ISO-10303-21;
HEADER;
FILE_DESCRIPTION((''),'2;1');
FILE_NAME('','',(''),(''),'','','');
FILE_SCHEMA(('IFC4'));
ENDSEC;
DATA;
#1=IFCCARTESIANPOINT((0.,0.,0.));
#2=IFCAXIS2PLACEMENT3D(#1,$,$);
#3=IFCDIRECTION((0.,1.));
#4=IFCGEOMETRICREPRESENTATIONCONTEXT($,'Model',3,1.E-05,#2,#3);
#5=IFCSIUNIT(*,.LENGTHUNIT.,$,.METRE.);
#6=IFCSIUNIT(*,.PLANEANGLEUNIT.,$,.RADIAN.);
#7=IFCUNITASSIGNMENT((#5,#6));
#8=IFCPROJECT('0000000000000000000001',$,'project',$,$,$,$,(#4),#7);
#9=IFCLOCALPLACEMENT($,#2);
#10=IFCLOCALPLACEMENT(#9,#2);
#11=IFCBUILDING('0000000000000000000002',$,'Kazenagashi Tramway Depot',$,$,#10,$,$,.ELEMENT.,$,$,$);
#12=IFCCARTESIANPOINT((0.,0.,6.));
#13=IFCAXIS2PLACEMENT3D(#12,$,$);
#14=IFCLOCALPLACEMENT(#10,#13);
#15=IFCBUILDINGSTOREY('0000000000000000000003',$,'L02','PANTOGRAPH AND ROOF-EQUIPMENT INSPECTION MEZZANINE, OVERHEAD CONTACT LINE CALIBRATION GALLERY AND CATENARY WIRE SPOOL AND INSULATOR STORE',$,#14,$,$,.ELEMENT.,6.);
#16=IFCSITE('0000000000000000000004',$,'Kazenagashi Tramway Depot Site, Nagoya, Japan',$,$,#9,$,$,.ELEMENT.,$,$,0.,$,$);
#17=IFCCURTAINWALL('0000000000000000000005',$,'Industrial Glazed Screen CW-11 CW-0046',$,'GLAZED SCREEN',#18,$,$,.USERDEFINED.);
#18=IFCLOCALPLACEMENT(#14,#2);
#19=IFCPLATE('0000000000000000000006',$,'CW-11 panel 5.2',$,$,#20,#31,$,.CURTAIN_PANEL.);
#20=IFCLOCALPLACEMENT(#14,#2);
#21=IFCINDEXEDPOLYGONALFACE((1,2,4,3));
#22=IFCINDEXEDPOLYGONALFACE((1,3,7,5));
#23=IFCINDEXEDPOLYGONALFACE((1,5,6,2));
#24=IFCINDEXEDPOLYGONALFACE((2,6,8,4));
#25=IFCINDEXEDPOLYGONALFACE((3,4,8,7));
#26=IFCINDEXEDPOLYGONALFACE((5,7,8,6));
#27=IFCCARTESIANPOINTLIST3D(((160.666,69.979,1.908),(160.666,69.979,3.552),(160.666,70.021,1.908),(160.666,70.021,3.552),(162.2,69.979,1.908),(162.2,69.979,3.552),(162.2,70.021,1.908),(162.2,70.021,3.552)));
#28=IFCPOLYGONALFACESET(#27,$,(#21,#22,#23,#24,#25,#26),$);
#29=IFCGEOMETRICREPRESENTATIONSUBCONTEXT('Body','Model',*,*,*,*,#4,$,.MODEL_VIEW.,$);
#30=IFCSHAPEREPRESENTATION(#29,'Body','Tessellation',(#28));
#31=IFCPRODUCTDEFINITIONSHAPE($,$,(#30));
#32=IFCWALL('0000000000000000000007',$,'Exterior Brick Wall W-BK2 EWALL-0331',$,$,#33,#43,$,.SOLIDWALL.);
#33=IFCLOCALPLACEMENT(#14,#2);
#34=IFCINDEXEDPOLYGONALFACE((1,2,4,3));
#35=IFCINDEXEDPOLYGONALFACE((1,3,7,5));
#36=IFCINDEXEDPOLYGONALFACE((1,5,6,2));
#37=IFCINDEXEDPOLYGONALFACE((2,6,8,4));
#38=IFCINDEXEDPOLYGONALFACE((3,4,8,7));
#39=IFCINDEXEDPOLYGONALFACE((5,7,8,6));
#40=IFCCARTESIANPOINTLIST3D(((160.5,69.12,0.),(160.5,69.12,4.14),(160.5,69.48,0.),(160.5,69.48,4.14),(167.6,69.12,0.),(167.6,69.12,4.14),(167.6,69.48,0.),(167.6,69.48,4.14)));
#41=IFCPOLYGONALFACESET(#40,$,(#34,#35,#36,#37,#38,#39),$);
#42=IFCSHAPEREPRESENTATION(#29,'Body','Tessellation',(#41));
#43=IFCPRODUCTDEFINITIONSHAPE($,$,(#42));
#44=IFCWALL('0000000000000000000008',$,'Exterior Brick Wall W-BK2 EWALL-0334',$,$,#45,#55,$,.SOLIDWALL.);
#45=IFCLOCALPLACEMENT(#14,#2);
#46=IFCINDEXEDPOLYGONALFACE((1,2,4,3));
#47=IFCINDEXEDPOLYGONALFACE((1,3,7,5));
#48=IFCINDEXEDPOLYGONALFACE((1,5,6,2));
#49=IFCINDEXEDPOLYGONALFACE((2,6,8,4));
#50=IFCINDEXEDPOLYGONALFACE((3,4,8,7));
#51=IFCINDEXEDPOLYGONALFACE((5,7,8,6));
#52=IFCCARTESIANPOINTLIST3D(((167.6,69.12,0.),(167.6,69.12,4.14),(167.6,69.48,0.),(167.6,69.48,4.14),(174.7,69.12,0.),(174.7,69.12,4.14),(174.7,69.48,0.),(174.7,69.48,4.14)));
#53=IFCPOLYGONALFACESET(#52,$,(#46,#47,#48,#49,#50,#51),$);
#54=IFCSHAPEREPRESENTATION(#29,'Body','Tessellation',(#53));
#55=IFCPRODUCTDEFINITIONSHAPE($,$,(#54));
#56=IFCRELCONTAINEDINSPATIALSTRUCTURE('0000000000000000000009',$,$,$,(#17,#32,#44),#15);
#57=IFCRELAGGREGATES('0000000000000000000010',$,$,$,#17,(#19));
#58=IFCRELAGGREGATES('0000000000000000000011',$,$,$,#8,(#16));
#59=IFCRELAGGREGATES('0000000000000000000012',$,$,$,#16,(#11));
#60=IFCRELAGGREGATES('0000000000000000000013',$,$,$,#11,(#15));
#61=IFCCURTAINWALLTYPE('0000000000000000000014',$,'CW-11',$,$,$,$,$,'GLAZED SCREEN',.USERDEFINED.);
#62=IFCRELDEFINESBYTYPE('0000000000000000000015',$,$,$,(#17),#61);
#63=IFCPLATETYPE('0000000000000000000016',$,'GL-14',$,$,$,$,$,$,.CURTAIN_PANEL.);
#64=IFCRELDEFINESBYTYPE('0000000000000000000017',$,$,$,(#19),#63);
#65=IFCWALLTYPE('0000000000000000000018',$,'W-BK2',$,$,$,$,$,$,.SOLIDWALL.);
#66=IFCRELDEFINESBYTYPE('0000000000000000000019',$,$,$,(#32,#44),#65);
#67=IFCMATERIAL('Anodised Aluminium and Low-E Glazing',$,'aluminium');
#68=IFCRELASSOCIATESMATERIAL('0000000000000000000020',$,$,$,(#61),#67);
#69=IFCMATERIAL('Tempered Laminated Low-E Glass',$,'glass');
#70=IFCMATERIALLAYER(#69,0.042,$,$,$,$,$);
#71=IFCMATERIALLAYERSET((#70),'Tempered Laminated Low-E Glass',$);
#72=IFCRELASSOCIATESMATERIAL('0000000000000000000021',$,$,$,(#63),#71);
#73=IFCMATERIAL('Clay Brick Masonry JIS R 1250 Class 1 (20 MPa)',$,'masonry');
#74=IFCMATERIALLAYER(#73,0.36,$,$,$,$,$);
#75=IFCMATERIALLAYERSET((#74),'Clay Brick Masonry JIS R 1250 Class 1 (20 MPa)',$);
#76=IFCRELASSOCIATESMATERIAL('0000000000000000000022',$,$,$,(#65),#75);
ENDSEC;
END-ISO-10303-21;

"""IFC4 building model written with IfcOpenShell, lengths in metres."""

from ifc_helpers import new_model, si_unit, direction, frame, frame_2d, origin, origin_2d, place, context, subcontext, project, spatial, rectangle, extrude, material, layer, layer_set, type_object, element, aggregate, save


model = new_model("IFC4")

# Units and contexts
model_context = context("Model", 3, precision=1e-05, world=origin(), true_north=direction((0.0, 1.0)))
body_context = subcontext(model_context, "Body", "Model", "MODEL_VIEW")
ifc_project = project(units=[si_unit("LENGTHUNIT", "METRE"), si_unit("PLANEANGLEUNIT", "RADIAN")], contexts=[model_context])

# Site, building, storey
site_placement = place(None, origin())
site = spatial("IfcSite", under=ifc_project, at=site_placement, Name="Kazenagashi Tramway Depot Site, Nagoya, Japan", CompositionType="ELEMENT", RefElevation=0.0)
building_placement = place(site_placement, origin())
building = spatial("IfcBuilding", under=site, at=building_placement, Name="Kazenagashi Tramway Depot", CompositionType="ELEMENT")
storey_placement = place(building_placement, frame((0.0, 0.0, 6.0)))
storey = spatial("IfcBuildingStorey", under=building, at=storey_placement, Name="L02", Description="PANTOGRAPH AND ROOF-EQUIPMENT INSPECTION MEZZANINE, OVERHEAD CONTACT LINE CALIBRATION GALLERY AND CATENARY WIRE SPOOL AND INSULATOR STORE", CompositionType="ELEMENT", Elevation=6.0)

# Curtain wall
ifc_material_1 = material(Name="Anodised Aluminium and Low-E Glazing", Category="aluminium")
curtain_wall_type = type_object("IfcCurtainWallType", Name="CW-11", ElementType="GLAZED SCREEN", PredefinedType="USERDEFINED", material=ifc_material_1)
curtain_wall_placement = place(storey_placement, origin())
curtain_wall = element("IfcCurtainWall", 1, at=curtain_wall_placement, inside=storey, type_object=curtain_wall_type, Name="Industrial Glazed Screen CW-11 CW-0046", ObjectType="GLAZED SCREEN", PredefinedType="USERDEFINED")

# Plate
ifc_material_2 = material(Name="Tempered Laminated Low-E Glass", Category="glass")
ifc_layer_1 = layer(ifc_material_2, 0.042)
ifc_layer_set_1 = layer_set([ifc_layer_1], Name="Tempered Laminated Low-E Glass")
plate_type = type_object("IfcPlateType", Name="GL-14", PredefinedType="CURTAIN_PANEL", material=ifc_layer_set_1)
plate_1_placement = place(storey_placement, frame((161.433, 70.0, 1.908), z_axis=(0.0, 0.0, 1.0), x_axis=(1.0, 0.0, 0.0)))
plate_1 = element("IfcPlate", 2, at=plate_1_placement, type_object=plate_type, Name="CW-11 panel 5.2", PredefinedType="CURTAIN_PANEL", context=body_context, shape_type="SweptSolid", body=[
    extrude(rectangle(XDim=1.534, YDim=0.042, at=origin_2d()), origin(), (0.0, 0.0, 1.0), 1.644),
])
aggregate(curtain_wall, [plate_1])

# Walls
ifc_material_3 = material(Name="Clay Brick Masonry JIS R 1250 Class 1 (20 MPa)", Category="masonry")
ifc_layer_2 = layer(ifc_material_3, 0.36)
ifc_layer_set_2 = layer_set([ifc_layer_2], Name="Clay Brick Masonry JIS R 1250 Class 1 (20 MPa)")
wall_type = type_object("IfcWallType", Name="W-BK2", PredefinedType="SOLIDWALL", material=ifc_layer_set_2)
for number, where, z_axis, x_axis, name in (
    (3, (160.5, 69.3, 0.0), (0.0, 0.0, 1.0), (1.0, 0.0, 0.0), "Exterior Brick Wall W-BK2 EWALL-0331"),
    (4, (167.6, 69.3, 0.0), (0.0, 0.0, 1.0), (1.0, 0.0, 0.0), "Exterior Brick Wall W-BK2 EWALL-0334"),
):
    element("IfcWall", number, at=place(storey_placement, frame(where, z_axis=z_axis, x_axis=x_axis)), inside=storey, type_object=wall_type, Name=name, PredefinedType="SOLIDWALL", context=body_context, shape_type="SweptSolid", body=[
        extrude(rectangle(XDim=7.1, YDim=0.36, at=frame_2d((3.55, 0.0))), origin(), (0.0, 0.0, 1.0), 4.14),
    ])

save(model, "model.ifc")
